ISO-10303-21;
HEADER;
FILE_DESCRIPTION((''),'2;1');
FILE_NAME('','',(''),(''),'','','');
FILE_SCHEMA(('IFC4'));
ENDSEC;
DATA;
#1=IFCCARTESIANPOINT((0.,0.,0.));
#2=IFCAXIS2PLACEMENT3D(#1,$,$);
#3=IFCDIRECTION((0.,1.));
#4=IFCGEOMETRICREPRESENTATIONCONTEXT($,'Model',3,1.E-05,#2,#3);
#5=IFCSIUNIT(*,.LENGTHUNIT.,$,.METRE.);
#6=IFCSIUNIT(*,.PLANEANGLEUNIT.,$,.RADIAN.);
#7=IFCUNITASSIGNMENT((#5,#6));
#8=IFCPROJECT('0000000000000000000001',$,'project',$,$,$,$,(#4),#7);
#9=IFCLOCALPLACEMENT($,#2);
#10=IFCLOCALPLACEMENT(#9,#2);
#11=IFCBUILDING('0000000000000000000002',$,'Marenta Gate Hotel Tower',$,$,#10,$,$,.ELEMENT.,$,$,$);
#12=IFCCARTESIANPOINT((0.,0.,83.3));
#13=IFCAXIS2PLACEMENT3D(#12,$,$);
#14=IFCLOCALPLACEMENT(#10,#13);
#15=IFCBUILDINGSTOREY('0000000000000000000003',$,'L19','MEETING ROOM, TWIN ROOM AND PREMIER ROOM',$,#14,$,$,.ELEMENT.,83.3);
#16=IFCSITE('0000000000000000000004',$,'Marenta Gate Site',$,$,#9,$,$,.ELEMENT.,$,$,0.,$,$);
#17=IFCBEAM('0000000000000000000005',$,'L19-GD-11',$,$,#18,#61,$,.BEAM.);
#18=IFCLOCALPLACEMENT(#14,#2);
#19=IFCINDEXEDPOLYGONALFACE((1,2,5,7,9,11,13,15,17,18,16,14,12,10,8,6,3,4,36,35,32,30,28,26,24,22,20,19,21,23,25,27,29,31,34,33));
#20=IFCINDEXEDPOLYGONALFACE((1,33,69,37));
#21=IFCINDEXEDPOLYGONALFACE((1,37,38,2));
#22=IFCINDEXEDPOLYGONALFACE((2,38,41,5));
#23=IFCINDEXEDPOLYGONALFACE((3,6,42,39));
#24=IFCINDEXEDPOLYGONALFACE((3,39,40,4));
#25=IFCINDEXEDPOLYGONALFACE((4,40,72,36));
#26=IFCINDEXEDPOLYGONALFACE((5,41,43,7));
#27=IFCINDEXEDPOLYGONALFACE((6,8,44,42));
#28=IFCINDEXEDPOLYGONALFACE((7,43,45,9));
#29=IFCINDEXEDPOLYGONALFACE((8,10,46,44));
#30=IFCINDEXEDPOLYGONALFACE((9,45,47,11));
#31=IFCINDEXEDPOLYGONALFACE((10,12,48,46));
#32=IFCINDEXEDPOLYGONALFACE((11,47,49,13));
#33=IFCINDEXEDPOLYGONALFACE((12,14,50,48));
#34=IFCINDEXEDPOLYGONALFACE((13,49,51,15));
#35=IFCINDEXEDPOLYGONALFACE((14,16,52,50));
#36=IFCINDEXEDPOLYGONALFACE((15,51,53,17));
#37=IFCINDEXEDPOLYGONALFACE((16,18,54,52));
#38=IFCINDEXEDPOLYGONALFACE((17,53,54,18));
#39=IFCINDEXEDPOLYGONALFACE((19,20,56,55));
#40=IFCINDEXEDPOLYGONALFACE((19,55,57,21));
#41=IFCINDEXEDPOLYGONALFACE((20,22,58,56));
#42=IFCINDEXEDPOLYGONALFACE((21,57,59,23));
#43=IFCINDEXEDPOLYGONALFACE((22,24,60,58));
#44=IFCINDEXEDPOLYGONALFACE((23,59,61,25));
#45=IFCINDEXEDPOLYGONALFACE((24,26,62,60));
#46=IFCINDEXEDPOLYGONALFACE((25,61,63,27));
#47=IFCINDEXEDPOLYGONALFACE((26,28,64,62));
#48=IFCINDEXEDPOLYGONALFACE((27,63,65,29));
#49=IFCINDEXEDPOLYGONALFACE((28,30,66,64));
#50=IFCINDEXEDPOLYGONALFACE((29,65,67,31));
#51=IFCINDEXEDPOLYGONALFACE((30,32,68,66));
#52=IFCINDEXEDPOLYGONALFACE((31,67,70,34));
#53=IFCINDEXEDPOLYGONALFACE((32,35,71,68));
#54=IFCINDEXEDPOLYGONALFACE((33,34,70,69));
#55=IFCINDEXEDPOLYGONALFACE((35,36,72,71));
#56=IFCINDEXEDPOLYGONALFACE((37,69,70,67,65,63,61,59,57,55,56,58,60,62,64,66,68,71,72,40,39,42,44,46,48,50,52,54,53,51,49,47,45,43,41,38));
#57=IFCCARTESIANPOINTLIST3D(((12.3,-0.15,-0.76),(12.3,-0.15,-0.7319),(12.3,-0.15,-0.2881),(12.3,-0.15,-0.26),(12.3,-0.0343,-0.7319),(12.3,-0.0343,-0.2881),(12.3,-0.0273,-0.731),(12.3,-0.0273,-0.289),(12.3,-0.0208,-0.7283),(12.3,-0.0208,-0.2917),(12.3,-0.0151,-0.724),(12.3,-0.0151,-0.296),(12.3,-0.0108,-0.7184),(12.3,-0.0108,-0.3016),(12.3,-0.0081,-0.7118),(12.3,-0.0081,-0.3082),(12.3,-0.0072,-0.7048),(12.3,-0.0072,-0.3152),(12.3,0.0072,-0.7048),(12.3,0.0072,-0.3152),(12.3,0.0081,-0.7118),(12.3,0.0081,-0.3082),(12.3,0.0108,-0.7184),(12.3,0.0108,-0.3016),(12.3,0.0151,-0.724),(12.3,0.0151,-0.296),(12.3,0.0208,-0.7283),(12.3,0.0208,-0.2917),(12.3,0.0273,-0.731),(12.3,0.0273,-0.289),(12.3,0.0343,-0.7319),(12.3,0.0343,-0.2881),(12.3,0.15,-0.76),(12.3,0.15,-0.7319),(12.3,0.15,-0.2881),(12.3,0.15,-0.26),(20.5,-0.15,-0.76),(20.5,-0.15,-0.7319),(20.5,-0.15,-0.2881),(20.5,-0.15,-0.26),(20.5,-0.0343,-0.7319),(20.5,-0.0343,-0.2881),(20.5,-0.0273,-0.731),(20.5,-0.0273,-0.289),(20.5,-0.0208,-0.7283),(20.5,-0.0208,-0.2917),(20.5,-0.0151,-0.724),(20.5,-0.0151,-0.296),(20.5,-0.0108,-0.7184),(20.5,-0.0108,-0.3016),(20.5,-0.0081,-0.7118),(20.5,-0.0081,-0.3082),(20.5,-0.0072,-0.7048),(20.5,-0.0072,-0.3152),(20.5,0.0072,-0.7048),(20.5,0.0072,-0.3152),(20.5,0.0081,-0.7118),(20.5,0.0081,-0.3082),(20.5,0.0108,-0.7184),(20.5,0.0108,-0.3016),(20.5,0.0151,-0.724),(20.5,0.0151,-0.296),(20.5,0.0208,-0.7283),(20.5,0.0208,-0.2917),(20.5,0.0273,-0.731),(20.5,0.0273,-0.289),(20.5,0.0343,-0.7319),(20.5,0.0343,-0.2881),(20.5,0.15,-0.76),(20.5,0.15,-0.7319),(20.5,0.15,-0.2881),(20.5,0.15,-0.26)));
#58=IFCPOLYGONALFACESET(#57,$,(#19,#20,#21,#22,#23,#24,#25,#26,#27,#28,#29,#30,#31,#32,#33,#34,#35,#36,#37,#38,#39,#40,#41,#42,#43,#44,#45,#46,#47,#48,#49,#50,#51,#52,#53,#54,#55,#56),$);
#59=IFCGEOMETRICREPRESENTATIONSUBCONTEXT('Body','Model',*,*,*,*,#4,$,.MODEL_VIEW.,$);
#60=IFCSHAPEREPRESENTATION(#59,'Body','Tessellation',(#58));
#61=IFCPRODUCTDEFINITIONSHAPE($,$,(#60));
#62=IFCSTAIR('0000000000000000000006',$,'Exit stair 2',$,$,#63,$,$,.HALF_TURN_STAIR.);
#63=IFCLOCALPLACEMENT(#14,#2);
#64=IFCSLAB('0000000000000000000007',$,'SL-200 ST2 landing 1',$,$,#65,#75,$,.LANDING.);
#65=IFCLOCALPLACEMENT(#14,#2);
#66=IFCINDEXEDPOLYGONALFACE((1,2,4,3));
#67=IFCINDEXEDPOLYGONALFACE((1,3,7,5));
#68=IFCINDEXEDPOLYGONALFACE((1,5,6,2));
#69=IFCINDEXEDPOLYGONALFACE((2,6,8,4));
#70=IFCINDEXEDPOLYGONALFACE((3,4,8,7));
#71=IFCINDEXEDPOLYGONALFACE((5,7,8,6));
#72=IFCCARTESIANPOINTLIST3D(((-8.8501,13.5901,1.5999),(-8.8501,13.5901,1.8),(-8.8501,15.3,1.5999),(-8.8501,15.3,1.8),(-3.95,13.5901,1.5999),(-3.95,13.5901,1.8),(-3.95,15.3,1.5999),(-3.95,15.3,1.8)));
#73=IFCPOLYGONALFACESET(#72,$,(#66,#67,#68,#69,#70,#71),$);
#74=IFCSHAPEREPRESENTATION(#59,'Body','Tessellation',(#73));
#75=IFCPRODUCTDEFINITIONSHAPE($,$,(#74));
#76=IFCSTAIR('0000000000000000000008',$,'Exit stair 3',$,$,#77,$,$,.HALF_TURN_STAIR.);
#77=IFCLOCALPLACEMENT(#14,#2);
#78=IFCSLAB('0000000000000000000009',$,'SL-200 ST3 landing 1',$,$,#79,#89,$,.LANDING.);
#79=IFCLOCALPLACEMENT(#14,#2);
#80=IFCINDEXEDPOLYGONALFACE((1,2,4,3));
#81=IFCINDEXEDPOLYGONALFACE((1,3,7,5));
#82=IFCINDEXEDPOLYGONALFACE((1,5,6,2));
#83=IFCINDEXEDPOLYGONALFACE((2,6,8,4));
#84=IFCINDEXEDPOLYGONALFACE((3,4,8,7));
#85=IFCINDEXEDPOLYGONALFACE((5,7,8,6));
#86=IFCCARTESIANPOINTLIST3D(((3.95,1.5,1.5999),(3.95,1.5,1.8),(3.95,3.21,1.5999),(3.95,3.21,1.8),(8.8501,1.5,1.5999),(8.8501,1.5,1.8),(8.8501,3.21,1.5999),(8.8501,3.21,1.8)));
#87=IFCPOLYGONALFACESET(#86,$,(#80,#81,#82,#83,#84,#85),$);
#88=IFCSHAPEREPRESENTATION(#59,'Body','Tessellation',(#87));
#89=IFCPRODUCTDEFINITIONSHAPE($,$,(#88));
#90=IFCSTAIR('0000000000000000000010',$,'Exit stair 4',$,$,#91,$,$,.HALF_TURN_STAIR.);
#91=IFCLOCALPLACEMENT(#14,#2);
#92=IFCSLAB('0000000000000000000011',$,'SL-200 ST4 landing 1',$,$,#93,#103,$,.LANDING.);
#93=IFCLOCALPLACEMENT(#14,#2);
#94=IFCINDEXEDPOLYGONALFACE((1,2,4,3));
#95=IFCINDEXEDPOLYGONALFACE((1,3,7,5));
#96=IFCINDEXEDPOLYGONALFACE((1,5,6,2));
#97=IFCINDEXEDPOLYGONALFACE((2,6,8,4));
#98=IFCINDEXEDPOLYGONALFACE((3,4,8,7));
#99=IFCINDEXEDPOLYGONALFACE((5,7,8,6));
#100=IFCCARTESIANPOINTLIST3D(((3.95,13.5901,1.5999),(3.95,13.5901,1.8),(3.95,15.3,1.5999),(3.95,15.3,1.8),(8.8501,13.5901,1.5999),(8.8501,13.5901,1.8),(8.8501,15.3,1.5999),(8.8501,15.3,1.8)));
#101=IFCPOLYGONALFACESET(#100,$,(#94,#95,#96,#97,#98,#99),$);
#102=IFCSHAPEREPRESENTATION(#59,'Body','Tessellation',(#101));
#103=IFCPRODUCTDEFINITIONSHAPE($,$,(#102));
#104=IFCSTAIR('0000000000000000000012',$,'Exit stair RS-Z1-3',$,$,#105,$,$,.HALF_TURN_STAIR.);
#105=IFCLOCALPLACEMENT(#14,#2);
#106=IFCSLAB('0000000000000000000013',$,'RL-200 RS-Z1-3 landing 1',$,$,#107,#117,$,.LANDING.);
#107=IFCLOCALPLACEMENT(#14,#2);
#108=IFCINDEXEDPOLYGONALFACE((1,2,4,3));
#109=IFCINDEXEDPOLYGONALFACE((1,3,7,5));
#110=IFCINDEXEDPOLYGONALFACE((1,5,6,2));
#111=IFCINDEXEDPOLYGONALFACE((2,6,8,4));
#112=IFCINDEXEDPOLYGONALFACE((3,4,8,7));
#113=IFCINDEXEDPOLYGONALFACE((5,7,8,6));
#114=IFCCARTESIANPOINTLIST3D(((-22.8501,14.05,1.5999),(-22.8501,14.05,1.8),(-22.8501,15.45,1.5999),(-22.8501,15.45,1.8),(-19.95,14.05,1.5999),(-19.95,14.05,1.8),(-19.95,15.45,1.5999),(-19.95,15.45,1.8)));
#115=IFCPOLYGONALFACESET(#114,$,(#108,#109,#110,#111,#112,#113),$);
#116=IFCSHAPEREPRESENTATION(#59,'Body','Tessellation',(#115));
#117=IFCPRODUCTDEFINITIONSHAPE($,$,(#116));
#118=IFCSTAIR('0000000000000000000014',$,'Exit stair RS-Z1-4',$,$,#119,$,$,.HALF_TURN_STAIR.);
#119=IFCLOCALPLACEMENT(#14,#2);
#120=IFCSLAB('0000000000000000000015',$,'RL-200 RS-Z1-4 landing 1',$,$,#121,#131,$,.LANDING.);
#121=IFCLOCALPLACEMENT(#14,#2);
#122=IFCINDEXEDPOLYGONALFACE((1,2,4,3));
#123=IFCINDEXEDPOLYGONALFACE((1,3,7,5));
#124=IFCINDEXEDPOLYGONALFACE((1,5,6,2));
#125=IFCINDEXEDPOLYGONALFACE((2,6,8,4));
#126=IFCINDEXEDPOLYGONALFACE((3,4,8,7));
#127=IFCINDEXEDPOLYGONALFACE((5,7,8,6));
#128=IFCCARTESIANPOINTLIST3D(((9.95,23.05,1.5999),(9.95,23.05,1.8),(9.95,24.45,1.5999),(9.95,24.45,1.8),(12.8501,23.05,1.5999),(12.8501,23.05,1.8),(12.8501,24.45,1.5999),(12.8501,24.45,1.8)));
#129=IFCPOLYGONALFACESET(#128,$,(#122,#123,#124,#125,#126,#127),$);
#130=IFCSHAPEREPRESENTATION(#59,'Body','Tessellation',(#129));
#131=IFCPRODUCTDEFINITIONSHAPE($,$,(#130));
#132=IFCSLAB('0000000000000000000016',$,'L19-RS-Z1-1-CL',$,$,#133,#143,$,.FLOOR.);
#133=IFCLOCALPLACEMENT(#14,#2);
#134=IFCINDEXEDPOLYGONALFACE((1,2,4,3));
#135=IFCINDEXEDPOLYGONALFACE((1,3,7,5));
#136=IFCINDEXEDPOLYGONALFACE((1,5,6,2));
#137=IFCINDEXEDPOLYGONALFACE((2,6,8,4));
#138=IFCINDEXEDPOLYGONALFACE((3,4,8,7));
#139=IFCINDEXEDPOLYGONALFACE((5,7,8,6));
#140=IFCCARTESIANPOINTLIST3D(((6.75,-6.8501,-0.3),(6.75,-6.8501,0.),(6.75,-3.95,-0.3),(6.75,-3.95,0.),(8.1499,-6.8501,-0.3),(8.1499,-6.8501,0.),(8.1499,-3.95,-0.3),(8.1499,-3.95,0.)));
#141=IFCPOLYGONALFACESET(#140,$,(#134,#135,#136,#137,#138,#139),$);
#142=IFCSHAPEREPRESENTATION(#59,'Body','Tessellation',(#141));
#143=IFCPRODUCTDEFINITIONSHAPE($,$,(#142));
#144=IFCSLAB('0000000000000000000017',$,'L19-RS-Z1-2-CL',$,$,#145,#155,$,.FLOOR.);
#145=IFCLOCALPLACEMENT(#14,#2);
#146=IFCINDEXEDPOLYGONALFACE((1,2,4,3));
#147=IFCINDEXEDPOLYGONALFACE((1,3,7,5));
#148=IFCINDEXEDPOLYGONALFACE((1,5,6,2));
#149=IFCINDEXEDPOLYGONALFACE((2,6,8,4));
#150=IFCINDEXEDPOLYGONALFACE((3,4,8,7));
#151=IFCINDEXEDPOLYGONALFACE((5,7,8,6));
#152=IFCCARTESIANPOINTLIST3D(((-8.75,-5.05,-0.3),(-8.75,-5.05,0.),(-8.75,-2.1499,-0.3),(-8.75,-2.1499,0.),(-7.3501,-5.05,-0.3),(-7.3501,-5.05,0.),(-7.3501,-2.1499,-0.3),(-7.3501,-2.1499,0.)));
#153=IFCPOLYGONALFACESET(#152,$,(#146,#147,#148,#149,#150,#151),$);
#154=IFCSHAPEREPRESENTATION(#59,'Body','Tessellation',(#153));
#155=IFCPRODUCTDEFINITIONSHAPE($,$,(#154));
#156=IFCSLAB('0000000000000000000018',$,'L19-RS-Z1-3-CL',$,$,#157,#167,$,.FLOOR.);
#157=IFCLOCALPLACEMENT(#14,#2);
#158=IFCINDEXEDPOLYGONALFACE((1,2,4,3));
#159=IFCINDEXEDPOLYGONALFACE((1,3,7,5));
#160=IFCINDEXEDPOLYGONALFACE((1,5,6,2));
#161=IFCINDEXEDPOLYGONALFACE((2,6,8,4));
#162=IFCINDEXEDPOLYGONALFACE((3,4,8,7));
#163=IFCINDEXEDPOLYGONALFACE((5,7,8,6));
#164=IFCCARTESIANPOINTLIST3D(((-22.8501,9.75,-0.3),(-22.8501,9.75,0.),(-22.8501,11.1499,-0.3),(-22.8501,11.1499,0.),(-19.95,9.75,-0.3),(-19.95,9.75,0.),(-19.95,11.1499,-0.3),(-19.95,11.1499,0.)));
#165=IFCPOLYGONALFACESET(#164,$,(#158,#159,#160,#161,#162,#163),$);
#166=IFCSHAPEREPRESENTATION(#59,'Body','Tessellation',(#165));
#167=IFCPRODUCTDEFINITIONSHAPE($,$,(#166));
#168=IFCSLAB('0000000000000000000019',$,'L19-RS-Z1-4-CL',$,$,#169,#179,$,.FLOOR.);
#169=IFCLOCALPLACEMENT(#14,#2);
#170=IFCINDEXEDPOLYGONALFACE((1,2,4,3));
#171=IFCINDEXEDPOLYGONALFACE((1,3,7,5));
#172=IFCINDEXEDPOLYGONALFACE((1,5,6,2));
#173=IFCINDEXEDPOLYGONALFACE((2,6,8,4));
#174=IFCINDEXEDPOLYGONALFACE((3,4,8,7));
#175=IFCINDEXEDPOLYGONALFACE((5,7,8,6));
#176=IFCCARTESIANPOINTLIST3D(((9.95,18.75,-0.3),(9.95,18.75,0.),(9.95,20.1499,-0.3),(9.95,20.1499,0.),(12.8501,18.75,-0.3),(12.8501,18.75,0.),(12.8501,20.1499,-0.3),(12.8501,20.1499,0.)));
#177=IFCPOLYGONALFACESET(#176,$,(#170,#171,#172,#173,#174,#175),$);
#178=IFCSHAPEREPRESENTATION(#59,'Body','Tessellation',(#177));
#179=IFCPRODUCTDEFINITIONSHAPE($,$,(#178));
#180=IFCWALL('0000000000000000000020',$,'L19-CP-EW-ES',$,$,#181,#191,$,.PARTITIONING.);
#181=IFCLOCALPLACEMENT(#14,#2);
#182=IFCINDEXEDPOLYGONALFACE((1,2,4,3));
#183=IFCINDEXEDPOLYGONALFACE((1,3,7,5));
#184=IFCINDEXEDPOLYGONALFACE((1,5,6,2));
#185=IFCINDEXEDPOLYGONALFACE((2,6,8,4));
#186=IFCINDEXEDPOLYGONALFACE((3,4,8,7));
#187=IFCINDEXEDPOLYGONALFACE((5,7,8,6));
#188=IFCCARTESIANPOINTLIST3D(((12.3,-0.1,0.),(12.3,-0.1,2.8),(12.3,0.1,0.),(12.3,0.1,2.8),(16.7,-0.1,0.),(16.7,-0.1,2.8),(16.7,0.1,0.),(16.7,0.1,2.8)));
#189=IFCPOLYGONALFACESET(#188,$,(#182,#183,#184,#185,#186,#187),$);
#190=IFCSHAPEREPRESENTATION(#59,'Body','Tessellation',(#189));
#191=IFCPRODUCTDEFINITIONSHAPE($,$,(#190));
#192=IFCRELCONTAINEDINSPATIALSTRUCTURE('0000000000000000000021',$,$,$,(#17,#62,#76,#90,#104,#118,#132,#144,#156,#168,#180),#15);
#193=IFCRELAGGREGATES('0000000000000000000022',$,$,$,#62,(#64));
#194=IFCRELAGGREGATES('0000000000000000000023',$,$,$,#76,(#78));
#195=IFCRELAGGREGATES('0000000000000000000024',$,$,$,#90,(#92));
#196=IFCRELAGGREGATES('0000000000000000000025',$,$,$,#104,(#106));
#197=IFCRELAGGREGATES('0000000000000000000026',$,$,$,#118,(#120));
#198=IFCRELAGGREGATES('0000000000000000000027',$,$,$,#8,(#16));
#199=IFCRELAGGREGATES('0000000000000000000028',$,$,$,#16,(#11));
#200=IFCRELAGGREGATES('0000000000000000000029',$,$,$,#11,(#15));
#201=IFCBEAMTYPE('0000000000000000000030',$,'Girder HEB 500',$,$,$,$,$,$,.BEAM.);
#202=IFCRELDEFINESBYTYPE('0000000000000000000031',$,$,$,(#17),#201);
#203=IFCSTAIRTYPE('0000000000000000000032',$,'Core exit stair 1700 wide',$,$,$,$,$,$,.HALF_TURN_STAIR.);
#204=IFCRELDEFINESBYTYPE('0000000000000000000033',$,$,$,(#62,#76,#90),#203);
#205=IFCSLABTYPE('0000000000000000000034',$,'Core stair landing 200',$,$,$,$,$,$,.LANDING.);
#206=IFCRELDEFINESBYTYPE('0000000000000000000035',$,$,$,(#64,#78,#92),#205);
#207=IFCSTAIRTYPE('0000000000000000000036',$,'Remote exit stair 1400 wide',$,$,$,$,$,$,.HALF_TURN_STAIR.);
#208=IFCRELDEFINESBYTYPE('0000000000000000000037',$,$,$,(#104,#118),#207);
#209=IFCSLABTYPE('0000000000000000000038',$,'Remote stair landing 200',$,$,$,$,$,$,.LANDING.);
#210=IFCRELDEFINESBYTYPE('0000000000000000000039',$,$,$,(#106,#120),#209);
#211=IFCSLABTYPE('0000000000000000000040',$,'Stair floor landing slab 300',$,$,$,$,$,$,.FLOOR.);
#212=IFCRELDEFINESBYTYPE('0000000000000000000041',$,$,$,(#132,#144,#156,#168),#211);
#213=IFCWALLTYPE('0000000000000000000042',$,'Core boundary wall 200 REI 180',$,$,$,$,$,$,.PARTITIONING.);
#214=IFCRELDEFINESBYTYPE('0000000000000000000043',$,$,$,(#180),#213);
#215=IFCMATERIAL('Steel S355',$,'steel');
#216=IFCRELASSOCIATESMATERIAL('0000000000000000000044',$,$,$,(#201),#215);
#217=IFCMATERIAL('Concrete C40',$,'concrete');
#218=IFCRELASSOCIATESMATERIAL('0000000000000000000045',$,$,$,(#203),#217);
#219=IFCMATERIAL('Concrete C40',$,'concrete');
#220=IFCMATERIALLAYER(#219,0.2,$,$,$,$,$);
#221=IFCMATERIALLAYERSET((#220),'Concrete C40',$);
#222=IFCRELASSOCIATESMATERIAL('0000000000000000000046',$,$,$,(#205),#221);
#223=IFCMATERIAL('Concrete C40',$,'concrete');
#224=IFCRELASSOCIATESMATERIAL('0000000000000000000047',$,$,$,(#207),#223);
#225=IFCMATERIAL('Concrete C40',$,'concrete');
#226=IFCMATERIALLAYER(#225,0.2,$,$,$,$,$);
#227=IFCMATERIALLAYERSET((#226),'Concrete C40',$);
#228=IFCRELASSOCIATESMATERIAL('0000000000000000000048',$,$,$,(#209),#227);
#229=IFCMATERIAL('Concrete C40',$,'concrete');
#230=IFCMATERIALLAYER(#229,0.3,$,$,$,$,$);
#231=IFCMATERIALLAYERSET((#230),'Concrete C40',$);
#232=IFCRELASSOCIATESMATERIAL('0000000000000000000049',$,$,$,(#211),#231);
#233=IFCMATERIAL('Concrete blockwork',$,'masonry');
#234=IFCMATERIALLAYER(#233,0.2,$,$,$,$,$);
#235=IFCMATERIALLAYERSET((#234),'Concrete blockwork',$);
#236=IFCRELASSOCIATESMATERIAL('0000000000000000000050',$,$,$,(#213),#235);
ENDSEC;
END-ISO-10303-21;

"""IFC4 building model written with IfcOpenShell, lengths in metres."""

from ifc_helpers import new_model, si_unit, direction, frame, frame_2d, origin, origin_2d, place, context, subcontext, project, spatial, polyline, rectangle, i_section, outline, extrude, material, layer, layer_set, material_profile, profile_set, type_object, element, aggregate, save


model = new_model("IFC4")

# Units and contexts
model_context = context("Model", 3, precision=1e-05, world=origin(), true_north=direction((0.0, 1.0)))
body_context = subcontext(model_context, "Body", "Model", "MODEL_VIEW")
ifc_project = project(units=[si_unit("LENGTHUNIT", "METRE"), si_unit("PLANEANGLEUNIT", "RADIAN")], contexts=[model_context])

# Site, building, storey
site_placement = place(None, origin())
site = spatial("IfcSite", under=ifc_project, at=site_placement, Name="Marenta Gate Site", CompositionType="ELEMENT", RefElevation=0.0)
building_placement = place(site_placement, origin())
building = spatial("IfcBuilding", under=site, at=building_placement, Name="Marenta Gate Hotel Tower", CompositionType="ELEMENT")
storey_placement = place(building_placement, frame((0.0, 0.0, 83.3)))
storey = spatial("IfcBuildingStorey", under=building, at=storey_placement, Name="L19", Description="MEETING ROOM, TWIN ROOM AND PREMIER ROOM", CompositionType="ELEMENT", Elevation=83.3)

# Beam
ifc_material_1 = material(Name="Steel S355", Category="steel")
ifc_material_profile = material_profile(ifc_material_1, i_section(OverallWidth=0.3, OverallDepth=0.5, WebThickness=0.0144, FlangeThickness=0.0281, FilletRadius=0.0271, at=origin_2d()), Name="HEB 500")
ifc_profile_set = profile_set([ifc_material_profile], Name="Steel S355")
beam_type = type_object("IfcBeamType", Name="Girder HEB 500", PredefinedType="BEAM", material=ifc_profile_set)
beam_placement = place(storey_placement, frame((12.3, 0.0, -0.51), z_axis=(1.0, 0.0, 0.0), x_axis=(0.0, 1.0, 0.0)))
element("IfcBeam", 1, at=beam_placement, inside=storey, type_object=beam_type, Name="L19-GD-11", PredefinedType="BEAM", context=body_context, shape_type="SweptSolid", body=[
    extrude(i_section(OverallWidth=0.3, OverallDepth=0.5, WebThickness=0.0144, FlangeThickness=0.0281, FilletRadius=0.0271, at=origin_2d()), origin(), (0.0, 0.0, 1.0), 8.2),
])

# Stairs, slabs
ifc_material_2 = material(Name="Concrete C40", Category="concrete")
stair_type_1 = type_object("IfcStairType", Name="Core exit stair 1700 wide", PredefinedType="HALF_TURN_STAIR", material=ifc_material_2)
stair_1_placement = place(storey_placement, origin())
stair_1 = element("IfcStair", 2, at=stair_1_placement, inside=storey, type_object=stair_type_1, Name="Exit stair 2", PredefinedType="HALF_TURN_STAIR")
ifc_material_3 = material(Name="Concrete C40", Category="concrete")
ifc_layer_1 = layer(ifc_material_3, 0.2)
ifc_layer_set_1 = layer_set([ifc_layer_1], Name="Concrete C40")
slab_type_1 = type_object("IfcSlabType", Name="Core stair landing 200", PredefinedType="LANDING", material=ifc_layer_set_1)
slab_1_placement = place(storey_placement, frame((0.0, 0.0, 1.5999)))
slab_1 = element("IfcSlab", 3, at=slab_1_placement, type_object=slab_type_1, Name="SL-200 ST2 landing 1", PredefinedType="LANDING", context=body_context, shape_type="SweptSolid", body=[
    extrude(outline(polyline([(-8.8501, 13.5901), (-3.95, 13.5901), (-3.95, 15.3), (-8.8501, 15.3), (-8.8501, 13.5901)])), origin(), (0.0, 0.0, 1.0), 0.2002),
])
aggregate(stair_1, [slab_1])
stair_2_placement = place(storey_placement, origin())
stair_2 = element("IfcStair", 4, at=stair_2_placement, inside=storey, type_object=stair_type_1, Name="Exit stair 3", PredefinedType="HALF_TURN_STAIR")
slab_2_placement = place(storey_placement, frame((0.0, 0.0, 1.5999)))
slab_2 = element("IfcSlab", 5, at=slab_2_placement, type_object=slab_type_1, Name="SL-200 ST3 landing 1", PredefinedType="LANDING", context=body_context, shape_type="SweptSolid", body=[
    extrude(outline(polyline([(3.95, 1.5), (8.8501, 1.5), (8.8501, 3.21), (3.95, 3.21), (3.95, 1.5)])), origin(), (0.0, 0.0, 1.0), 0.2002),
])
aggregate(stair_2, [slab_2])
stair_3_placement = place(storey_placement, origin())
stair_3 = element("IfcStair", 6, at=stair_3_placement, inside=storey, type_object=stair_type_1, Name="Exit stair 4", PredefinedType="HALF_TURN_STAIR")
slab_3_placement = place(storey_placement, frame((0.0, 0.0, 1.5999)))
slab_3 = element("IfcSlab", 7, at=slab_3_placement, type_object=slab_type_1, Name="SL-200 ST4 landing 1", PredefinedType="LANDING", context=body_context, shape_type="SweptSolid", body=[
    extrude(outline(polyline([(3.95, 13.5901), (8.8501, 13.5901), (8.8501, 15.3), (3.95, 15.3), (3.95, 13.5901)])), origin(), (0.0, 0.0, 1.0), 0.2002),
])
aggregate(stair_3, [slab_3])
ifc_material_4 = material(Name="Concrete C40", Category="concrete")
stair_type_2 = type_object("IfcStairType", Name="Remote exit stair 1400 wide", PredefinedType="HALF_TURN_STAIR", material=ifc_material_4)
stair_4_placement = place(storey_placement, origin())
stair_4 = element("IfcStair", 8, at=stair_4_placement, inside=storey, type_object=stair_type_2, Name="Exit stair RS-Z1-3", PredefinedType="HALF_TURN_STAIR")
ifc_material_5 = material(Name="Concrete C40", Category="concrete")
ifc_layer_2 = layer(ifc_material_5, 0.2)
ifc_layer_set_2 = layer_set([ifc_layer_2], Name="Concrete C40")
slab_type_2 = type_object("IfcSlabType", Name="Remote stair landing 200", PredefinedType="LANDING", material=ifc_layer_set_2)
slab_4_placement = place(storey_placement, frame((0.0, 0.0, 1.5999)))
slab_4 = element("IfcSlab", 9, at=slab_4_placement, type_object=slab_type_2, Name="RL-200 RS-Z1-3 landing 1", PredefinedType="LANDING", context=body_context, shape_type="SweptSolid", body=[
    extrude(outline(polyline([(-22.8501, 14.05), (-19.95, 14.05), (-19.95, 15.45), (-22.8501, 15.45), (-22.8501, 14.05)])), origin(), (0.0, 0.0, 1.0), 0.2002),
])
aggregate(stair_4, [slab_4])
stair_5_placement = place(storey_placement, origin())
stair_5 = element("IfcStair", 10, at=stair_5_placement, inside=storey, type_object=stair_type_2, Name="Exit stair RS-Z1-4", PredefinedType="HALF_TURN_STAIR")
slab_5_placement = place(storey_placement, frame((0.0, 0.0, 1.5999)))
slab_5 = element("IfcSlab", 11, at=slab_5_placement, type_object=slab_type_2, Name="RL-200 RS-Z1-4 landing 1", PredefinedType="LANDING", context=body_context, shape_type="SweptSolid", body=[
    extrude(outline(polyline([(9.95, 23.05), (12.8501, 23.05), (12.8501, 24.45), (9.95, 24.45), (9.95, 23.05)])), origin(), (0.0, 0.0, 1.0), 0.2002),
])
aggregate(stair_5, [slab_5])

# Slabs
ifc_material_6 = material(Name="Concrete C40", Category="concrete")
ifc_layer_3 = layer(ifc_material_6, 0.3)
ifc_layer_set_3 = layer_set([ifc_layer_3], Name="Concrete C40")
slab_type_3 = type_object("IfcSlabType", Name="Stair floor landing slab 300", PredefinedType="FLOOR", material=ifc_layer_set_3)
slab_6_placement = place(storey_placement, frame((0.0, 0.0, -0.3)))
element("IfcSlab", 12, at=slab_6_placement, inside=storey, type_object=slab_type_3, Name="L19-RS-Z1-1-CL", PredefinedType="FLOOR", context=body_context, shape_type="SweptSolid", body=[
    extrude(outline(polyline([(8.1499, -6.8501), (8.1499, -3.95), (6.75, -3.95), (6.75, -6.8501), (8.1499, -6.8501)])), origin(), (0.0, 0.0, 1.0), 0.3),
])
slab_7_placement = place(storey_placement, frame((0.0, 0.0, -0.3)))
element("IfcSlab", 13, at=slab_7_placement, inside=storey, type_object=slab_type_3, Name="L19-RS-Z1-2-CL", PredefinedType="FLOOR", context=body_context, shape_type="SweptSolid", body=[
    extrude(outline(polyline([(-7.3501, -5.05), (-7.3501, -2.1499), (-8.75, -2.1499), (-8.75, -5.05), (-7.3501, -5.05)])), origin(), (0.0, 0.0, 1.0), 0.3),
])
slab_8_placement = place(storey_placement, frame((0.0, 0.0, -0.3)))
element("IfcSlab", 14, at=slab_8_placement, inside=storey, type_object=slab_type_3, Name="L19-RS-Z1-3-CL", PredefinedType="FLOOR", context=body_context, shape_type="SweptSolid", body=[
    extrude(outline(polyline([(-19.95, 9.75), (-19.95, 11.1499), (-22.8501, 11.1499), (-22.8501, 9.75), (-19.95, 9.75)])), origin(), (0.0, 0.0, 1.0), 0.3),
])
slab_9_placement = place(storey_placement, frame((0.0, 0.0, -0.3)))
element("IfcSlab", 15, at=slab_9_placement, inside=storey, type_object=slab_type_3, Name="L19-RS-Z1-4-CL", PredefinedType="FLOOR", context=body_context, shape_type="SweptSolid", body=[
    extrude(outline(polyline([(12.8501, 18.75), (12.8501, 20.1499), (9.95, 20.1499), (9.95, 18.75), (12.8501, 18.75)])), origin(), (0.0, 0.0, 1.0), 0.3),
])

# Shared definitions
ifc_material_7 = material(Name="Concrete blockwork", Category="masonry")
ifc_layer_4 = layer(ifc_material_7, 0.2)
ifc_layer_set_4 = layer_set([ifc_layer_4], Name="Concrete blockwork")
wall_type_1 = type_object("IfcWallType", Name="Core boundary wall 200 REI 180", PredefinedType="PARTITIONING", material=ifc_layer_set_4)

# Wall
wall_1_placement = place(storey_placement, frame((12.3, 0.0, 0.0), z_axis=(0.0, 0.0, 1.0), x_axis=(1.0, 0.0, 0.0)))
element("IfcWall", 16, at=wall_1_placement, inside=storey, type_object=wall_type_1, Name="L19-CP-EW-ES", PredefinedType="PARTITIONING", context=body_context, shape_type="SweptSolid", body=[
    extrude(rectangle(XDim=4.3999, YDim=0.2, at=frame_2d((2.2, 0.0))), origin(), (0.0, 0.0, 1.0), 2.8),
])

save(model, "model.ifc")
